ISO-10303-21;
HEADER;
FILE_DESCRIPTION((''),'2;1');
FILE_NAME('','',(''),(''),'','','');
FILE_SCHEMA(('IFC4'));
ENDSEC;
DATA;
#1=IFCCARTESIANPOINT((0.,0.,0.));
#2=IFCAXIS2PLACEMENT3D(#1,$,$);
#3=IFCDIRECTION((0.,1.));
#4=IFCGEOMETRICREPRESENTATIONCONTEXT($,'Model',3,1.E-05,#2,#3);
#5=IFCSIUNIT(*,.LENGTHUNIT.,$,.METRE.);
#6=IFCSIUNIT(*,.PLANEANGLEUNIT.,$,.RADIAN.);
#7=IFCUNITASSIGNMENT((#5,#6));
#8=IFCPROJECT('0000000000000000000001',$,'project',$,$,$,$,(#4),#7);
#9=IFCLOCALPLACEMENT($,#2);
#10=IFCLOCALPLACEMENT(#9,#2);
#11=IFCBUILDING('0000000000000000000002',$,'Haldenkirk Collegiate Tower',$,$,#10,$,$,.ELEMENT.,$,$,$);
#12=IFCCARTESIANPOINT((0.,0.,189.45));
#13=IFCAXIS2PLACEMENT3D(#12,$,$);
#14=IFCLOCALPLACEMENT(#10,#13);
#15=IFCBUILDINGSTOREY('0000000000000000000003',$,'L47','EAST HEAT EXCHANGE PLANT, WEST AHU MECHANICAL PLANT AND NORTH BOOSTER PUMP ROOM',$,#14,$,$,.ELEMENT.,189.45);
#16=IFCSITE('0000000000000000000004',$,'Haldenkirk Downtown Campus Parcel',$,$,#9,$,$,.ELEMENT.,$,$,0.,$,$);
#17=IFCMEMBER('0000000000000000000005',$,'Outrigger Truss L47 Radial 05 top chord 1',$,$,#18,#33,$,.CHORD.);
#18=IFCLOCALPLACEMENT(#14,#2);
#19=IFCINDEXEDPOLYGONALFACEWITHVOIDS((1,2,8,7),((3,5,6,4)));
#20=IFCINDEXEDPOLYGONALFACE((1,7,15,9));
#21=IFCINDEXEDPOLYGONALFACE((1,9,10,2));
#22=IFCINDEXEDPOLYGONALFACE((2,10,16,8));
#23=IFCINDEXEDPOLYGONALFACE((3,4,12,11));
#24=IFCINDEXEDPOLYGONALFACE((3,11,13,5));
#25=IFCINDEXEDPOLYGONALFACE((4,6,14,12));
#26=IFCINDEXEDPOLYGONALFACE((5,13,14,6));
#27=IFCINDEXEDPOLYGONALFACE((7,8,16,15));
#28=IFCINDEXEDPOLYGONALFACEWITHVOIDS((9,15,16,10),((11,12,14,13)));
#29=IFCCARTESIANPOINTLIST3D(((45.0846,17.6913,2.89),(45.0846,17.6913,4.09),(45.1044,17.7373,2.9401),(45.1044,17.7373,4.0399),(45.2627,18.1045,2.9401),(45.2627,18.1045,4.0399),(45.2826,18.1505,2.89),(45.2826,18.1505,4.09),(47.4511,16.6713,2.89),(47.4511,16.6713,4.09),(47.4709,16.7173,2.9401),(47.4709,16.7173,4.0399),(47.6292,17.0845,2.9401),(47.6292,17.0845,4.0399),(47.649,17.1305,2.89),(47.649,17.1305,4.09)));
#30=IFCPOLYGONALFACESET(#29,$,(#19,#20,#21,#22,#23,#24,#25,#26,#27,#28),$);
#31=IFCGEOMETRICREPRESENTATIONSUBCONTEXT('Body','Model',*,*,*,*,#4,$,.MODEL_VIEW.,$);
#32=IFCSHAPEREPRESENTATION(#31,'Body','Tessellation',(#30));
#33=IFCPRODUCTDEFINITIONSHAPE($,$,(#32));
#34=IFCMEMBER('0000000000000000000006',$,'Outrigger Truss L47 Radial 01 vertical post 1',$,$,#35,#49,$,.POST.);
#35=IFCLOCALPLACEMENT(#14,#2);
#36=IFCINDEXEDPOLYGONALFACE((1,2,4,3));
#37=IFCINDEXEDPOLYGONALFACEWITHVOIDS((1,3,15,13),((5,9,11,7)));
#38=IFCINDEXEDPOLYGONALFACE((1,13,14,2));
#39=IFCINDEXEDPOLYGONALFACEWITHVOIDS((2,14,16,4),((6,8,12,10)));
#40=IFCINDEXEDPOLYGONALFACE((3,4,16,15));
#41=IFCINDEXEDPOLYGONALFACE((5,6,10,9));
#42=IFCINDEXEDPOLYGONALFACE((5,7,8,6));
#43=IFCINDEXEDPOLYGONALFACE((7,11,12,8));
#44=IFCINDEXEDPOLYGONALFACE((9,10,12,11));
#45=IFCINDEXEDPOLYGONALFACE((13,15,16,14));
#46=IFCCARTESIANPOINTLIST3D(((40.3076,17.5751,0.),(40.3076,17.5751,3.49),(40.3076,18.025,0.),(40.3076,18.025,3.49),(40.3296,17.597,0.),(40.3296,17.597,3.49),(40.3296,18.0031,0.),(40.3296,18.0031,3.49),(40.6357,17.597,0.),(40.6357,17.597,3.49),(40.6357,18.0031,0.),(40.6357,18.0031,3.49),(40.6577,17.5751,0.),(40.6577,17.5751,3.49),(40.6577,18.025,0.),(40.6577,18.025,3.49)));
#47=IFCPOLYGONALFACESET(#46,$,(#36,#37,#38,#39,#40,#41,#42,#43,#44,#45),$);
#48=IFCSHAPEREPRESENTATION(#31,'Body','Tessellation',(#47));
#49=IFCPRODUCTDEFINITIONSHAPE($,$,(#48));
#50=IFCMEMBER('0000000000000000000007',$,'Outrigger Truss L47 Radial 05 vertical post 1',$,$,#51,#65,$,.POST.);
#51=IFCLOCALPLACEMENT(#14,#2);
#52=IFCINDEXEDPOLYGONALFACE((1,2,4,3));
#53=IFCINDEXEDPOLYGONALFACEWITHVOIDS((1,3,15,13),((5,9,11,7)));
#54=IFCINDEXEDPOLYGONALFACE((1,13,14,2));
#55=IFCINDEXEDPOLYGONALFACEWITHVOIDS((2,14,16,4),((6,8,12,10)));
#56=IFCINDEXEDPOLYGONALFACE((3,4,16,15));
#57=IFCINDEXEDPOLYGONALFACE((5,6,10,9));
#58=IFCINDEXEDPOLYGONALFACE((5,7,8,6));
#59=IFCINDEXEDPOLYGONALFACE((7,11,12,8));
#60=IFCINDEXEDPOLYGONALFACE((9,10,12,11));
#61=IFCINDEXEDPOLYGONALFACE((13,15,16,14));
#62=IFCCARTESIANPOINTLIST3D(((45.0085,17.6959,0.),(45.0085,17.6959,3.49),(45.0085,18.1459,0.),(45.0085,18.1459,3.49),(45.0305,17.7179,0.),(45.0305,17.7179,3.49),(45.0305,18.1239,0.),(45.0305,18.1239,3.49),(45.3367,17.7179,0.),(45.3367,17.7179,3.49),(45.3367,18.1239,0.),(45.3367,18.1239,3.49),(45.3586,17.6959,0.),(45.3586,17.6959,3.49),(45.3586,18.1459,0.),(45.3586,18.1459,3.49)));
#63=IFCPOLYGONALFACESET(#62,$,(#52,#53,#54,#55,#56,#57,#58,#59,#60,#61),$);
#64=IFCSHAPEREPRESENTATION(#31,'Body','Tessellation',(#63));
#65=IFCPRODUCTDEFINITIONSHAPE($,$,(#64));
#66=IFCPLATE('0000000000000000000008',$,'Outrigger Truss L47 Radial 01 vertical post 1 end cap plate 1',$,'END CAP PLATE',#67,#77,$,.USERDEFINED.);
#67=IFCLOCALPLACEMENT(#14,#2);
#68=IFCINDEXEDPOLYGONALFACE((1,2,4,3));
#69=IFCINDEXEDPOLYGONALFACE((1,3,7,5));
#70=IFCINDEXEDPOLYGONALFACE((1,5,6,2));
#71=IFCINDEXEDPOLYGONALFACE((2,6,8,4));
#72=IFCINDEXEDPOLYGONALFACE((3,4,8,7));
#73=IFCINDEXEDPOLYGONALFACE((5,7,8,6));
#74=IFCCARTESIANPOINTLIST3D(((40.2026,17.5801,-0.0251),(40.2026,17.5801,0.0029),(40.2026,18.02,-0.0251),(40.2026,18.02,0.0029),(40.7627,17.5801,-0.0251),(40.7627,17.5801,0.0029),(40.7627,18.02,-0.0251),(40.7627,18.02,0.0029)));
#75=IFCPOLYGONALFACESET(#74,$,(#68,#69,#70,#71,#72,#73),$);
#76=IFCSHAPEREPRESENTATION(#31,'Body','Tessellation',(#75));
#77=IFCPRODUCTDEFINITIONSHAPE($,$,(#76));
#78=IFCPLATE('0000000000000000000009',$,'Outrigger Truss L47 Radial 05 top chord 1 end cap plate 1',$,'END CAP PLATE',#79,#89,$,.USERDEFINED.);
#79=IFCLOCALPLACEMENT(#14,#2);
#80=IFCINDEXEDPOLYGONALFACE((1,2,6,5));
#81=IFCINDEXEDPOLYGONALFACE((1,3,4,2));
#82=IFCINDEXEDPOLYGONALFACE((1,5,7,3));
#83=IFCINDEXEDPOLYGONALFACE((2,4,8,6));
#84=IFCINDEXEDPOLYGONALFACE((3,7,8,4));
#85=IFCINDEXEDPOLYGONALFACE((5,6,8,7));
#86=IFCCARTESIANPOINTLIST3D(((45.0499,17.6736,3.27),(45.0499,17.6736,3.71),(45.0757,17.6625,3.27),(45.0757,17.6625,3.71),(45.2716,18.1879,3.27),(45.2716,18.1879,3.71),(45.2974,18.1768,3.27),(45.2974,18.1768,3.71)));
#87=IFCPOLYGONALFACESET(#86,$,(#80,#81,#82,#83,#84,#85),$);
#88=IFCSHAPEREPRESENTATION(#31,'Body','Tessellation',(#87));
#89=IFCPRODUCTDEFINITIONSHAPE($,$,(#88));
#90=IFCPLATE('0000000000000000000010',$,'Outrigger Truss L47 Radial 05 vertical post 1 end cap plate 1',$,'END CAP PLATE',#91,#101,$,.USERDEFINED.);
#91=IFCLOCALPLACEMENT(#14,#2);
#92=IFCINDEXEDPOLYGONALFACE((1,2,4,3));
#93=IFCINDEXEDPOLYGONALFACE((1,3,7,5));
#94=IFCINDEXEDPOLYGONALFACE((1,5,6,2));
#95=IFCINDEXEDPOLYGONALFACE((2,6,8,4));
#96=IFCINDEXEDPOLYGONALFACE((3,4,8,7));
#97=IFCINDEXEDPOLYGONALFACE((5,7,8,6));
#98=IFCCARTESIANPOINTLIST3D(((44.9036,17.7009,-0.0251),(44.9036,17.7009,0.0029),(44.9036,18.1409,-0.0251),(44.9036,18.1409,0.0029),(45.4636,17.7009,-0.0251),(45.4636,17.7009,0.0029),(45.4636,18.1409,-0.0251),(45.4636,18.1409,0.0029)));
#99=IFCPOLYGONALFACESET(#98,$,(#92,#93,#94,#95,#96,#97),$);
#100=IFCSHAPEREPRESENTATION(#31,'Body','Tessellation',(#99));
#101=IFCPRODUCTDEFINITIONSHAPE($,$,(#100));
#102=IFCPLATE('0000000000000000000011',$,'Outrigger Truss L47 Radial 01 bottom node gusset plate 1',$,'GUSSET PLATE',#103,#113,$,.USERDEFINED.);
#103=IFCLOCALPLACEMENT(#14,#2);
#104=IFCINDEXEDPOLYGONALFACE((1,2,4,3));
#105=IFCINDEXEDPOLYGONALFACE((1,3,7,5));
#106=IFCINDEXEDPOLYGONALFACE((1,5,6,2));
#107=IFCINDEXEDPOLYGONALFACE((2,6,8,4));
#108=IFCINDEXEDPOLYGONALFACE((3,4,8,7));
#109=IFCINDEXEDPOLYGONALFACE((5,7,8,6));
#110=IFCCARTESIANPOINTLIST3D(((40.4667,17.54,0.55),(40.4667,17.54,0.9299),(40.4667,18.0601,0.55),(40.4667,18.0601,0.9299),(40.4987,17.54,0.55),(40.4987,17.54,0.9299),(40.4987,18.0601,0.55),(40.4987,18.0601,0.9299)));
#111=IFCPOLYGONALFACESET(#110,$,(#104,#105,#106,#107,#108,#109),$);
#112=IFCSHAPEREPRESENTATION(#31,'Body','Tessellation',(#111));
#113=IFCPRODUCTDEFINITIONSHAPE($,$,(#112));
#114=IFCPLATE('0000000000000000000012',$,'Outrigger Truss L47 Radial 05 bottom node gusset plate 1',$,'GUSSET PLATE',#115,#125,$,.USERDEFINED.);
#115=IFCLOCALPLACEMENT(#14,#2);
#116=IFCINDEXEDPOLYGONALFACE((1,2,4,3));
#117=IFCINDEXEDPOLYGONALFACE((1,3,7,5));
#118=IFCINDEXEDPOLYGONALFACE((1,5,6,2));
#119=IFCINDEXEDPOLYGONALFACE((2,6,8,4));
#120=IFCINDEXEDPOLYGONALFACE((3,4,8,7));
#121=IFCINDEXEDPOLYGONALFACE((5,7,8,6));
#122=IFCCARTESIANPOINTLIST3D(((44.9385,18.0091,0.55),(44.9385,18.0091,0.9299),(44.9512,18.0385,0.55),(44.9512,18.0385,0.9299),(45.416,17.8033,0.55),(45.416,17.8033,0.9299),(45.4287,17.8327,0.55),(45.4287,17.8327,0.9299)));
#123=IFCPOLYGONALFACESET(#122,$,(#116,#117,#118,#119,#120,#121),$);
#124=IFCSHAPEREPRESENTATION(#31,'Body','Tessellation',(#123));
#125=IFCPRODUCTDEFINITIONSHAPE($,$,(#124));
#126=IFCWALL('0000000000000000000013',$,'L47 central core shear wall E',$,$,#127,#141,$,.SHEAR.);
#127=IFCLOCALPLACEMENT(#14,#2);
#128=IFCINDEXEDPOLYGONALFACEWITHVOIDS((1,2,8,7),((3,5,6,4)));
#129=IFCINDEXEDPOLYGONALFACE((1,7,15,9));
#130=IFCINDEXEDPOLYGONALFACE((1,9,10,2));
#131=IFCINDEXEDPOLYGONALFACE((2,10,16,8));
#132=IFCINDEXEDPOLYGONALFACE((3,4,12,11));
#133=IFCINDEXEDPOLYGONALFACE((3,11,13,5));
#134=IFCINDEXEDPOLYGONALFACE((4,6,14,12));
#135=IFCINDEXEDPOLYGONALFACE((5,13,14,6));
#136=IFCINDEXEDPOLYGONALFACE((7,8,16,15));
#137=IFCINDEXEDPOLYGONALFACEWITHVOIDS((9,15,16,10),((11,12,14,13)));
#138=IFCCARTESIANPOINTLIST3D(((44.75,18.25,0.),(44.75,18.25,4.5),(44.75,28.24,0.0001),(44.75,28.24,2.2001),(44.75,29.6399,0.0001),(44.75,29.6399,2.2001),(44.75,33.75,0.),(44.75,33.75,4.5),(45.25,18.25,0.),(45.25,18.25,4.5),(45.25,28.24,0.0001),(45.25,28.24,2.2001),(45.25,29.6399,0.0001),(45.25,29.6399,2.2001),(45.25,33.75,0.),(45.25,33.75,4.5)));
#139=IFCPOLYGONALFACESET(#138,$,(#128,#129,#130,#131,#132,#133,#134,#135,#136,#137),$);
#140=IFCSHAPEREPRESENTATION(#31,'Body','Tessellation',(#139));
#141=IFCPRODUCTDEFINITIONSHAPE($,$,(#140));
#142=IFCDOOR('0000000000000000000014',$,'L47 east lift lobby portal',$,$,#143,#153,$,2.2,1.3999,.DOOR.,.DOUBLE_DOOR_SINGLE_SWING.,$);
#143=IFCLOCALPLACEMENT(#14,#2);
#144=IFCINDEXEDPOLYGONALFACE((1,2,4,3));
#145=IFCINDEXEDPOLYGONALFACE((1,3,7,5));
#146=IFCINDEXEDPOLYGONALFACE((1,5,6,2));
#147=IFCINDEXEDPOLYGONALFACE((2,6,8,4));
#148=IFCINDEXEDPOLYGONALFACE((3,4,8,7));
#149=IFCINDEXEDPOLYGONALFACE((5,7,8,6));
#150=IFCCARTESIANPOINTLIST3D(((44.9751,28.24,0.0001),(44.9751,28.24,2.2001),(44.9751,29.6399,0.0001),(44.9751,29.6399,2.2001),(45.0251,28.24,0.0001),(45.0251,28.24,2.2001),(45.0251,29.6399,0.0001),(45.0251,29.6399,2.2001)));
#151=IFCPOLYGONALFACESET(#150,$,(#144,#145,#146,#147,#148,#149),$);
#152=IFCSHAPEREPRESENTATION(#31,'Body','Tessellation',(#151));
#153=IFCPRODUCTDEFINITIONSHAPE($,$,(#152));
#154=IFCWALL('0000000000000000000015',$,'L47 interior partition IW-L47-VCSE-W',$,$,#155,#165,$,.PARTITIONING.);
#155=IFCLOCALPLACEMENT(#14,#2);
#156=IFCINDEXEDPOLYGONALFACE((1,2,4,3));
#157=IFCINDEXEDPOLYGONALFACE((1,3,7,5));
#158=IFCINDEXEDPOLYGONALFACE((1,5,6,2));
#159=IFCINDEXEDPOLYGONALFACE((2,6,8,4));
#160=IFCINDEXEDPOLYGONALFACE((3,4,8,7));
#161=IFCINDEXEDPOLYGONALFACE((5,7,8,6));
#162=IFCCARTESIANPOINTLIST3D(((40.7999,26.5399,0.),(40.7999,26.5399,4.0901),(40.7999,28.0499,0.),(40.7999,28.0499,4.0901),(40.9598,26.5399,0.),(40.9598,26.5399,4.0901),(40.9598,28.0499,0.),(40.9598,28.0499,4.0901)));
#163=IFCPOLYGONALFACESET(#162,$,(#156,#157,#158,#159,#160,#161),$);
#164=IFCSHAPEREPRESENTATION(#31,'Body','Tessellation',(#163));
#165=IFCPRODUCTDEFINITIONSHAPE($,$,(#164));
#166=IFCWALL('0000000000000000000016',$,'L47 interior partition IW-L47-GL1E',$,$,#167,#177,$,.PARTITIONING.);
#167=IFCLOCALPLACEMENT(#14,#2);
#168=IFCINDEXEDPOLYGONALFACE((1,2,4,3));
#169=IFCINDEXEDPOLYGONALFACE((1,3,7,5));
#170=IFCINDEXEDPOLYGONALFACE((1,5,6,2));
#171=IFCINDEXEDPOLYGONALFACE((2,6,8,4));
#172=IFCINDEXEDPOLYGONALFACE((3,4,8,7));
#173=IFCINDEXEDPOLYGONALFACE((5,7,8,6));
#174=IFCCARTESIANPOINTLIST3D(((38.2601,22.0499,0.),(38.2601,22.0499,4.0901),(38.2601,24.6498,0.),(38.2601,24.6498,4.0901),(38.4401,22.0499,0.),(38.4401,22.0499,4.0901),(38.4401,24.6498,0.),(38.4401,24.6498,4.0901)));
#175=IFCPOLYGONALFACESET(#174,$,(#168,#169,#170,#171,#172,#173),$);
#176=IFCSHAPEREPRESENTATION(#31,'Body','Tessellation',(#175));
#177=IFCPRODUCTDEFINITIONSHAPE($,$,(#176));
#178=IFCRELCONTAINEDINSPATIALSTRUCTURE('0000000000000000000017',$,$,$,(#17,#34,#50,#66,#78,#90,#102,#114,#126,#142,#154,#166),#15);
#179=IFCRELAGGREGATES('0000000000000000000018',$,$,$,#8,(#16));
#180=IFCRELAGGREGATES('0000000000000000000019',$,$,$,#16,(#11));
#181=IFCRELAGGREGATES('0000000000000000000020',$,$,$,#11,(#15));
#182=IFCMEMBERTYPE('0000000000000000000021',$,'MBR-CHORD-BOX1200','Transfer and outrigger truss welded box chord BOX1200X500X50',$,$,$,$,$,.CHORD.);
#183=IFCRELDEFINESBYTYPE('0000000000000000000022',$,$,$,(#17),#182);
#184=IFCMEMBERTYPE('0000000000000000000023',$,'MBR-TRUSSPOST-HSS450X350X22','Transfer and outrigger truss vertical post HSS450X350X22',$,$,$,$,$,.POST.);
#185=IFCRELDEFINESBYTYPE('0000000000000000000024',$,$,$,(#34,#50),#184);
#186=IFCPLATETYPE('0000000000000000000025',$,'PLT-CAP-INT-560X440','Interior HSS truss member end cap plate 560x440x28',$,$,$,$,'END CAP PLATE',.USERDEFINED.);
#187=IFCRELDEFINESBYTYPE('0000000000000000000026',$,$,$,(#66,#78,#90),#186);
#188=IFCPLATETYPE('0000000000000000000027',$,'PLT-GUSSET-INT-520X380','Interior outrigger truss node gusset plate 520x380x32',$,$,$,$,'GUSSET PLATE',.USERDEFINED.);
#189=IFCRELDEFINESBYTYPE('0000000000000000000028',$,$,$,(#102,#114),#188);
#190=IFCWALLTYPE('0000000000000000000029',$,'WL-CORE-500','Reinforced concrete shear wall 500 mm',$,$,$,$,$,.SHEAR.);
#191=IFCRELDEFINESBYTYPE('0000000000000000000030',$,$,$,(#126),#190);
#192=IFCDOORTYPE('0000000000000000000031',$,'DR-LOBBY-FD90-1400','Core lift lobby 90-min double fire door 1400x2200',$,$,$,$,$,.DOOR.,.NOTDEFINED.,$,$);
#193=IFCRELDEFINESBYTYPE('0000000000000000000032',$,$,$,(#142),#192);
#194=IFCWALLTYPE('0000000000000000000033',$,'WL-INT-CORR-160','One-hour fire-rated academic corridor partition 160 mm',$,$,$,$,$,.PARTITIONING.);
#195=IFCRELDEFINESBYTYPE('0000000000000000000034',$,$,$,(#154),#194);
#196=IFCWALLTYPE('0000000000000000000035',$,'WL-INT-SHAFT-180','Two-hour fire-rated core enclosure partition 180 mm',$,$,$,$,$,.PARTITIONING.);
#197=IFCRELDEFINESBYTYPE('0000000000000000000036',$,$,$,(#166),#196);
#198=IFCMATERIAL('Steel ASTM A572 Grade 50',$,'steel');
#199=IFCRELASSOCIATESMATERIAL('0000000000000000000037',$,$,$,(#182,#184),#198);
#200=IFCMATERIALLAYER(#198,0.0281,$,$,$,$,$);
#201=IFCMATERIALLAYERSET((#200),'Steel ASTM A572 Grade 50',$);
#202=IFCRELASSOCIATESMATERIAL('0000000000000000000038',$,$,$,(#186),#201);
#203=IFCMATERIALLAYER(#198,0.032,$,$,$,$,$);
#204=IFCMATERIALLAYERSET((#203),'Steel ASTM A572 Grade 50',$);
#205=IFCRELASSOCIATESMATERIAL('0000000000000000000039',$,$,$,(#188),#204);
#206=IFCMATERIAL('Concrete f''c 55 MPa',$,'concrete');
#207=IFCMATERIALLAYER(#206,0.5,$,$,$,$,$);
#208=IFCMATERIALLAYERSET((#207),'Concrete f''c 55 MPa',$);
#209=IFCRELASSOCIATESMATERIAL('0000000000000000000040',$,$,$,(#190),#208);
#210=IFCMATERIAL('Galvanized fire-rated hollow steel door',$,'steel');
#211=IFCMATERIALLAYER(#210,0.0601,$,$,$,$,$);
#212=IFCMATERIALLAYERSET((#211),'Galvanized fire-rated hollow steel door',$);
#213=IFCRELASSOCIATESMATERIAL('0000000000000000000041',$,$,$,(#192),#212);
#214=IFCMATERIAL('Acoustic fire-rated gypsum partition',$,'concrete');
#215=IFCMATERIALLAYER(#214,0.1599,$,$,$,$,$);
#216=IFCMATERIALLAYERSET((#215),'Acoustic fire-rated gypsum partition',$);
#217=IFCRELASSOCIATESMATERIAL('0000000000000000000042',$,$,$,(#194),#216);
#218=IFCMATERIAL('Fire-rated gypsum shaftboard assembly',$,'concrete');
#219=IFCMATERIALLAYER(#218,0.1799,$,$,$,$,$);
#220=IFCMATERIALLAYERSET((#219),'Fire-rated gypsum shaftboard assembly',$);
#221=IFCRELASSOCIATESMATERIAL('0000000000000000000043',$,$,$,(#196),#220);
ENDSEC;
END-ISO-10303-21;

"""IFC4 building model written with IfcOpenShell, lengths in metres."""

from ifc_helpers import new_model, si_unit, direction, frame, frame_2d, origin, origin_2d, place, context, subcontext, project, spatial, rectangle, hollow_rectangle, extrude, source, transform, mapped, material, layer, layer_set, material_profile, profile_set, type_object, element, fill, save


model = new_model("IFC4")

# Units and contexts
model_context = context("Model", 3, precision=1e-05, world=origin(), true_north=direction((0.0, 1.0)))
body_context = subcontext(model_context, "Body", "Model", "MODEL_VIEW")
ifc_project = project(units=[si_unit("LENGTHUNIT", "METRE"), si_unit("PLANEANGLEUNIT", "RADIAN")], contexts=[model_context])

# Site, building, storey
site_placement = place(None, origin())
site = spatial("IfcSite", under=ifc_project, at=site_placement, Name="Haldenkirk Downtown Campus Parcel", CompositionType="ELEMENT", RefElevation=0.0)
building_placement = place(site_placement, origin())
building = spatial("IfcBuilding", under=site, at=building_placement, Name="Haldenkirk Collegiate Tower", CompositionType="ELEMENT")
storey_placement = place(building_placement, frame((0.0, 0.0, 189.45)))
storey = spatial("IfcBuildingStorey", under=building, at=storey_placement, Name="L47", Description="EAST HEAT EXCHANGE PLANT, WEST AHU MECHANICAL PLANT AND NORTH BOOSTER PUMP ROOM", CompositionType="ELEMENT", Elevation=189.45)

# Members
ifc_material_1 = material(Name="Steel ASTM A572 Grade 50", Category="steel")
ifc_material_profile_1 = material_profile(ifc_material_1, hollow_rectangle(XDim=0.5, YDim=1.2, WallThickness=0.05, at=origin_2d()), Name="BOX1200X500X50")
ifc_profile_set_1 = profile_set([ifc_material_profile_1], Name="Steel ASTM A572 Grade 50")
member_type_1 = type_object("IfcMemberType", Name="MBR-CHORD-BOX1200", Description="Transfer and outrigger truss welded box chord BOX1200X500X50", PredefinedType="CHORD", material=ifc_profile_set_1)
member_placement = place(storey_placement, frame((45.1836, 17.9209, 3.49), z_axis=(0.918325, -0.395828, 0.0), x_axis=(0.395828, 0.918325, 0.0)))
element("IfcMember", 1, at=member_placement, inside=storey, type_object=member_type_1, Name="Outrigger Truss L47 Radial 05 top chord 1", PredefinedType="CHORD", context=body_context, shape_type="SweptSolid", body=[
    extrude(hollow_rectangle(XDim=0.5, YDim=1.2, WallThickness=0.05, at=origin_2d()), origin(), (0.0, 0.0, 1.0), 2.5769),
])
ifc_material_profile_2 = material_profile(ifc_material_1, hollow_rectangle(XDim=0.3501, YDim=0.45, WallThickness=0.022, at=origin_2d()), Name="HSS450X350X22")
ifc_profile_set_2 = profile_set([ifc_material_profile_2], Name="Steel ASTM A572 Grade 50")
member_type_2 = type_object("IfcMemberType", Name="MBR-TRUSSPOST-HSS450X350X22", Description="Transfer and outrigger truss vertical post HSS450X350X22", PredefinedType="POST", material=ifc_profile_set_2)
for number, where, z_axis, x_axis, name in (
    (2, (40.4827, 17.8, 0.0), (0.0, 0.0, 1.0), (1.0, 0.0, 0.0), "Outrigger Truss L47 Radial 01 vertical post 1"),
    (3, (45.1836, 17.9209, 0.0), (0.0, 0.0, 1.0), (1.0, 0.0, 0.0), "Outrigger Truss L47 Radial 05 vertical post 1"),
):
    element("IfcMember", number, at=place(storey_placement, frame(where, z_axis=z_axis, x_axis=x_axis)), inside=storey, type_object=member_type_2, Name=name, PredefinedType="POST", context=body_context, shape_type="SweptSolid", body=[
        extrude(hollow_rectangle(XDim=0.3501, YDim=0.45, WallThickness=0.022, at=origin_2d()), origin(), (0.0, 0.0, 1.0), 3.49),
    ])

# Plates
ifc_layer_1 = layer(ifc_material_1, 0.0281)
ifc_layer_set_1 = layer_set([ifc_layer_1], Name="Steel ASTM A572 Grade 50")
plate_type_1 = type_object("IfcPlateType", Name="PLT-CAP-INT-560X440", Description="Interior HSS truss member end cap plate 560x440x28", ElementType="END CAP PLATE", PredefinedType="USERDEFINED", material=ifc_layer_set_1)
shared_shape_1 = source(origin(), body_context, "Body", "SweptSolid", [
    extrude(rectangle(XDim=0.5601, YDim=0.4399, at=origin_2d()), origin(), (0.0, 0.0, 1.0), 0.0281),
])
for number, where, z_axis, x_axis, name in (
    (4, (40.4827, 17.8, 0.0029), (0.0, 0.0, -1.0), (1.0, 0.0, 0.0), "Outrigger Truss L47 Radial 01 vertical post 1 end cap plate 1"),
    (5, (45.1865, 17.9197, 3.49), (-0.918318, 0.395843, 0.0), (-0.395843, -0.918318, 0.0), "Outrigger Truss L47 Radial 05 top chord 1 end cap plate 1"),
    (6, (45.1836, 17.9209, 0.0029), (0.0, 0.0, -1.0), (1.0, 0.0, 0.0), "Outrigger Truss L47 Radial 05 vertical post 1 end cap plate 1"),
):
    element("IfcPlate", number, at=place(storey_placement, frame(where, z_axis=z_axis, x_axis=x_axis)), inside=storey, type_object=plate_type_1, Name=name, ObjectType="END CAP PLATE", PredefinedType="USERDEFINED", context=body_context, shape_type="MappedRepresentation", body=[
        mapped(shared_shape_1, transform((0.0, 0.0, 0.0), x_axis=(1.0, 0.0, 0.0), y_axis=(0.0, 1.0, 0.0), z_axis=(0.0, 0.0, 1.0), scale=1.0)),
    ])
ifc_layer_2 = layer(ifc_material_1, 0.032)
ifc_layer_set_2 = layer_set([ifc_layer_2], Name="Steel ASTM A572 Grade 50")
plate_type_2 = type_object("IfcPlateType", Name="PLT-GUSSET-INT-520X380", Description="Interior outrigger truss node gusset plate 520x380x32", ElementType="GUSSET PLATE", PredefinedType="USERDEFINED", material=ifc_layer_set_2)
shared_shape_2 = source(origin(), body_context, "Body", "SweptSolid", [
    extrude(rectangle(XDim=0.52, YDim=0.032, at=origin_2d()), origin(), (0.0, 0.0, 1.0), 0.3799),
])
for number, where, z_axis, x_axis, name in (
    (7, (40.4827, 17.8, 0.55), (0.0, 0.0, 1.0), (0.0, -1.0, 0.0), "Outrigger Truss L47 Radial 01 bottom node gusset plate 1"),
    (8, (45.1836, 17.9209, 0.55), (0.0, 0.0, 1.0), (0.918311, -0.39586, 0.0), "Outrigger Truss L47 Radial 05 bottom node gusset plate 1"),
):
    element("IfcPlate", number, at=place(storey_placement, frame(where, z_axis=z_axis, x_axis=x_axis)), inside=storey, type_object=plate_type_2, Name=name, ObjectType="GUSSET PLATE", PredefinedType="USERDEFINED", context=body_context, shape_type="MappedRepresentation", body=[
        mapped(shared_shape_2, transform((0.0, 0.0, 0.0), x_axis=(1.0, 0.0, 0.0), y_axis=(0.0, 1.0, 0.0), z_axis=(0.0, 0.0, 1.0), scale=1.0)),
    ])

# Wall, opening, door
ifc_material_2 = material(Name="Concrete f'c 55 MPa", Category="concrete")
ifc_layer_3 = layer(ifc_material_2, 0.5)
ifc_layer_set_3 = layer_set([ifc_layer_3], Name="Concrete f'c 55 MPa")
wall_type_1 = type_object("IfcWallType", Name="WL-CORE-500", Description="Reinforced concrete shear wall 500 mm", PredefinedType="SHEAR", material=ifc_layer_set_3)
wall_1_placement = place(storey_placement, frame((45.0, 18.25, 0.0), z_axis=(0.0, 0.0, 1.0), x_axis=(0.0, 1.0, 0.0)))
wall_1 = element("IfcWall", 9, at=wall_1_placement, inside=storey, type_object=wall_type_1, Name="L47 central core shear wall E", PredefinedType="SHEAR", context=body_context, shape_type="SweptSolid", body=[
    extrude(rectangle(XDim=15.5, YDim=0.5, at=frame_2d((7.75, 0.0))), origin(), (0.0, 0.0, 1.0), 4.5),
])
opening_1_placement = place(wall_1_placement, frame((9.99, 0.0, 0.0)))
opening_1 = element("IfcOpeningElement", 10, at=opening_1_placement, cuts=wall_1, PredefinedType="OPENING", context=body_context, shape_type="SweptSolid", body=[
    extrude(rectangle(XDim=1.3999, YDim=2.2, at=frame_2d((0.7, 1.1001))), frame((0.0, 0.26, 0.0), z_axis=(0.0, -1.0, 0.0), x_axis=(1.0, 0.0, 0.0)), (0.0, 0.0, 1.0), 0.52),
])
ifc_material_3 = material(Name="Galvanized fire-rated hollow steel door", Category="steel")
ifc_layer_4 = layer(ifc_material_3, 0.0601)
ifc_layer_set_4 = layer_set([ifc_layer_4], Name="Galvanized fire-rated hollow steel door")
door_type_1 = type_object("IfcDoorType", Name="DR-LOBBY-FD90-1400", Description="Core lift lobby 90-min double fire door 1400x2200", OperationType="NOTDEFINED", PredefinedType="DOOR", material=ifc_layer_set_4)
door_1_placement = place(opening_1_placement, origin())
door_1 = element("IfcDoor", 11, at=door_1_placement, inside=storey, type_object=door_type_1, Name="L47 east lift lobby portal", OperationType="DOUBLE_DOOR_SINGLE_SWING", OverallHeight=2.2, OverallWidth=1.3999, PredefinedType="DOOR", context=body_context, shape_type="SweptSolid", body=[
    extrude(rectangle(XDim=1.3999, YDim=2.2, at=frame_2d((0.7, 1.1001))), frame((0.0, 0.0249, 0.0), z_axis=(0.0, -1.0, 0.0), x_axis=(1.0, 0.0, 0.0)), (0.0, 0.0, 1.0), 0.05),
])
fill(opening_1, door_1)

# Walls
ifc_material_4 = material(Name="Acoustic fire-rated gypsum partition", Category="concrete")
ifc_layer_5 = layer(ifc_material_4, 0.1599)
ifc_layer_set_5 = layer_set([ifc_layer_5], Name="Acoustic fire-rated gypsum partition")
wall_type_2 = type_object("IfcWallType", Name="WL-INT-CORR-160", Description="One-hour fire-rated academic corridor partition 160 mm", PredefinedType="PARTITIONING", material=ifc_layer_set_5)
wall_2_placement = place(storey_placement, frame((40.8799, 26.54, 0.0), z_axis=(0.0, 0.0, 1.0), x_axis=(0.0, 1.0, 0.0)))
element("IfcWall", 12, at=wall_2_placement, inside=storey, type_object=wall_type_2, Name="L47 interior partition IW-L47-VCSE-W", PredefinedType="PARTITIONING", context=body_context, shape_type="SweptSolid", body=[
    extrude(rectangle(XDim=1.51, YDim=0.1599, at=frame_2d((0.7549, 0.0))), origin(), (0.0, 0.0, 1.0), 4.0901),
])
ifc_material_5 = material(Name="Fire-rated gypsum shaftboard assembly", Category="concrete")
ifc_layer_6 = layer(ifc_material_5, 0.1799)
ifc_layer_set_6 = layer_set([ifc_layer_6], Name="Fire-rated gypsum shaftboard assembly")
wall_type_3 = type_object("IfcWallType", Name="WL-INT-SHAFT-180", Description="Two-hour fire-rated core enclosure partition 180 mm", PredefinedType="PARTITIONING", material=ifc_layer_set_6)
wall_3_placement = place(storey_placement, frame((38.3501, 22.05, 0.0), z_axis=(0.0, 0.0, 1.0), x_axis=(0.0, 1.0, 0.0)))
element("IfcWall", 13, at=wall_3_placement, inside=storey, type_object=wall_type_3, Name="L47 interior partition IW-L47-GL1E", PredefinedType="PARTITIONING", context=body_context, shape_type="SweptSolid", body=[
    extrude(rectangle(XDim=2.5999, YDim=0.1799, at=frame_2d((1.2998, 0.0))), origin(), (0.0, 0.0, 1.0), 4.0901),
])

save(model, "model.ifc")
